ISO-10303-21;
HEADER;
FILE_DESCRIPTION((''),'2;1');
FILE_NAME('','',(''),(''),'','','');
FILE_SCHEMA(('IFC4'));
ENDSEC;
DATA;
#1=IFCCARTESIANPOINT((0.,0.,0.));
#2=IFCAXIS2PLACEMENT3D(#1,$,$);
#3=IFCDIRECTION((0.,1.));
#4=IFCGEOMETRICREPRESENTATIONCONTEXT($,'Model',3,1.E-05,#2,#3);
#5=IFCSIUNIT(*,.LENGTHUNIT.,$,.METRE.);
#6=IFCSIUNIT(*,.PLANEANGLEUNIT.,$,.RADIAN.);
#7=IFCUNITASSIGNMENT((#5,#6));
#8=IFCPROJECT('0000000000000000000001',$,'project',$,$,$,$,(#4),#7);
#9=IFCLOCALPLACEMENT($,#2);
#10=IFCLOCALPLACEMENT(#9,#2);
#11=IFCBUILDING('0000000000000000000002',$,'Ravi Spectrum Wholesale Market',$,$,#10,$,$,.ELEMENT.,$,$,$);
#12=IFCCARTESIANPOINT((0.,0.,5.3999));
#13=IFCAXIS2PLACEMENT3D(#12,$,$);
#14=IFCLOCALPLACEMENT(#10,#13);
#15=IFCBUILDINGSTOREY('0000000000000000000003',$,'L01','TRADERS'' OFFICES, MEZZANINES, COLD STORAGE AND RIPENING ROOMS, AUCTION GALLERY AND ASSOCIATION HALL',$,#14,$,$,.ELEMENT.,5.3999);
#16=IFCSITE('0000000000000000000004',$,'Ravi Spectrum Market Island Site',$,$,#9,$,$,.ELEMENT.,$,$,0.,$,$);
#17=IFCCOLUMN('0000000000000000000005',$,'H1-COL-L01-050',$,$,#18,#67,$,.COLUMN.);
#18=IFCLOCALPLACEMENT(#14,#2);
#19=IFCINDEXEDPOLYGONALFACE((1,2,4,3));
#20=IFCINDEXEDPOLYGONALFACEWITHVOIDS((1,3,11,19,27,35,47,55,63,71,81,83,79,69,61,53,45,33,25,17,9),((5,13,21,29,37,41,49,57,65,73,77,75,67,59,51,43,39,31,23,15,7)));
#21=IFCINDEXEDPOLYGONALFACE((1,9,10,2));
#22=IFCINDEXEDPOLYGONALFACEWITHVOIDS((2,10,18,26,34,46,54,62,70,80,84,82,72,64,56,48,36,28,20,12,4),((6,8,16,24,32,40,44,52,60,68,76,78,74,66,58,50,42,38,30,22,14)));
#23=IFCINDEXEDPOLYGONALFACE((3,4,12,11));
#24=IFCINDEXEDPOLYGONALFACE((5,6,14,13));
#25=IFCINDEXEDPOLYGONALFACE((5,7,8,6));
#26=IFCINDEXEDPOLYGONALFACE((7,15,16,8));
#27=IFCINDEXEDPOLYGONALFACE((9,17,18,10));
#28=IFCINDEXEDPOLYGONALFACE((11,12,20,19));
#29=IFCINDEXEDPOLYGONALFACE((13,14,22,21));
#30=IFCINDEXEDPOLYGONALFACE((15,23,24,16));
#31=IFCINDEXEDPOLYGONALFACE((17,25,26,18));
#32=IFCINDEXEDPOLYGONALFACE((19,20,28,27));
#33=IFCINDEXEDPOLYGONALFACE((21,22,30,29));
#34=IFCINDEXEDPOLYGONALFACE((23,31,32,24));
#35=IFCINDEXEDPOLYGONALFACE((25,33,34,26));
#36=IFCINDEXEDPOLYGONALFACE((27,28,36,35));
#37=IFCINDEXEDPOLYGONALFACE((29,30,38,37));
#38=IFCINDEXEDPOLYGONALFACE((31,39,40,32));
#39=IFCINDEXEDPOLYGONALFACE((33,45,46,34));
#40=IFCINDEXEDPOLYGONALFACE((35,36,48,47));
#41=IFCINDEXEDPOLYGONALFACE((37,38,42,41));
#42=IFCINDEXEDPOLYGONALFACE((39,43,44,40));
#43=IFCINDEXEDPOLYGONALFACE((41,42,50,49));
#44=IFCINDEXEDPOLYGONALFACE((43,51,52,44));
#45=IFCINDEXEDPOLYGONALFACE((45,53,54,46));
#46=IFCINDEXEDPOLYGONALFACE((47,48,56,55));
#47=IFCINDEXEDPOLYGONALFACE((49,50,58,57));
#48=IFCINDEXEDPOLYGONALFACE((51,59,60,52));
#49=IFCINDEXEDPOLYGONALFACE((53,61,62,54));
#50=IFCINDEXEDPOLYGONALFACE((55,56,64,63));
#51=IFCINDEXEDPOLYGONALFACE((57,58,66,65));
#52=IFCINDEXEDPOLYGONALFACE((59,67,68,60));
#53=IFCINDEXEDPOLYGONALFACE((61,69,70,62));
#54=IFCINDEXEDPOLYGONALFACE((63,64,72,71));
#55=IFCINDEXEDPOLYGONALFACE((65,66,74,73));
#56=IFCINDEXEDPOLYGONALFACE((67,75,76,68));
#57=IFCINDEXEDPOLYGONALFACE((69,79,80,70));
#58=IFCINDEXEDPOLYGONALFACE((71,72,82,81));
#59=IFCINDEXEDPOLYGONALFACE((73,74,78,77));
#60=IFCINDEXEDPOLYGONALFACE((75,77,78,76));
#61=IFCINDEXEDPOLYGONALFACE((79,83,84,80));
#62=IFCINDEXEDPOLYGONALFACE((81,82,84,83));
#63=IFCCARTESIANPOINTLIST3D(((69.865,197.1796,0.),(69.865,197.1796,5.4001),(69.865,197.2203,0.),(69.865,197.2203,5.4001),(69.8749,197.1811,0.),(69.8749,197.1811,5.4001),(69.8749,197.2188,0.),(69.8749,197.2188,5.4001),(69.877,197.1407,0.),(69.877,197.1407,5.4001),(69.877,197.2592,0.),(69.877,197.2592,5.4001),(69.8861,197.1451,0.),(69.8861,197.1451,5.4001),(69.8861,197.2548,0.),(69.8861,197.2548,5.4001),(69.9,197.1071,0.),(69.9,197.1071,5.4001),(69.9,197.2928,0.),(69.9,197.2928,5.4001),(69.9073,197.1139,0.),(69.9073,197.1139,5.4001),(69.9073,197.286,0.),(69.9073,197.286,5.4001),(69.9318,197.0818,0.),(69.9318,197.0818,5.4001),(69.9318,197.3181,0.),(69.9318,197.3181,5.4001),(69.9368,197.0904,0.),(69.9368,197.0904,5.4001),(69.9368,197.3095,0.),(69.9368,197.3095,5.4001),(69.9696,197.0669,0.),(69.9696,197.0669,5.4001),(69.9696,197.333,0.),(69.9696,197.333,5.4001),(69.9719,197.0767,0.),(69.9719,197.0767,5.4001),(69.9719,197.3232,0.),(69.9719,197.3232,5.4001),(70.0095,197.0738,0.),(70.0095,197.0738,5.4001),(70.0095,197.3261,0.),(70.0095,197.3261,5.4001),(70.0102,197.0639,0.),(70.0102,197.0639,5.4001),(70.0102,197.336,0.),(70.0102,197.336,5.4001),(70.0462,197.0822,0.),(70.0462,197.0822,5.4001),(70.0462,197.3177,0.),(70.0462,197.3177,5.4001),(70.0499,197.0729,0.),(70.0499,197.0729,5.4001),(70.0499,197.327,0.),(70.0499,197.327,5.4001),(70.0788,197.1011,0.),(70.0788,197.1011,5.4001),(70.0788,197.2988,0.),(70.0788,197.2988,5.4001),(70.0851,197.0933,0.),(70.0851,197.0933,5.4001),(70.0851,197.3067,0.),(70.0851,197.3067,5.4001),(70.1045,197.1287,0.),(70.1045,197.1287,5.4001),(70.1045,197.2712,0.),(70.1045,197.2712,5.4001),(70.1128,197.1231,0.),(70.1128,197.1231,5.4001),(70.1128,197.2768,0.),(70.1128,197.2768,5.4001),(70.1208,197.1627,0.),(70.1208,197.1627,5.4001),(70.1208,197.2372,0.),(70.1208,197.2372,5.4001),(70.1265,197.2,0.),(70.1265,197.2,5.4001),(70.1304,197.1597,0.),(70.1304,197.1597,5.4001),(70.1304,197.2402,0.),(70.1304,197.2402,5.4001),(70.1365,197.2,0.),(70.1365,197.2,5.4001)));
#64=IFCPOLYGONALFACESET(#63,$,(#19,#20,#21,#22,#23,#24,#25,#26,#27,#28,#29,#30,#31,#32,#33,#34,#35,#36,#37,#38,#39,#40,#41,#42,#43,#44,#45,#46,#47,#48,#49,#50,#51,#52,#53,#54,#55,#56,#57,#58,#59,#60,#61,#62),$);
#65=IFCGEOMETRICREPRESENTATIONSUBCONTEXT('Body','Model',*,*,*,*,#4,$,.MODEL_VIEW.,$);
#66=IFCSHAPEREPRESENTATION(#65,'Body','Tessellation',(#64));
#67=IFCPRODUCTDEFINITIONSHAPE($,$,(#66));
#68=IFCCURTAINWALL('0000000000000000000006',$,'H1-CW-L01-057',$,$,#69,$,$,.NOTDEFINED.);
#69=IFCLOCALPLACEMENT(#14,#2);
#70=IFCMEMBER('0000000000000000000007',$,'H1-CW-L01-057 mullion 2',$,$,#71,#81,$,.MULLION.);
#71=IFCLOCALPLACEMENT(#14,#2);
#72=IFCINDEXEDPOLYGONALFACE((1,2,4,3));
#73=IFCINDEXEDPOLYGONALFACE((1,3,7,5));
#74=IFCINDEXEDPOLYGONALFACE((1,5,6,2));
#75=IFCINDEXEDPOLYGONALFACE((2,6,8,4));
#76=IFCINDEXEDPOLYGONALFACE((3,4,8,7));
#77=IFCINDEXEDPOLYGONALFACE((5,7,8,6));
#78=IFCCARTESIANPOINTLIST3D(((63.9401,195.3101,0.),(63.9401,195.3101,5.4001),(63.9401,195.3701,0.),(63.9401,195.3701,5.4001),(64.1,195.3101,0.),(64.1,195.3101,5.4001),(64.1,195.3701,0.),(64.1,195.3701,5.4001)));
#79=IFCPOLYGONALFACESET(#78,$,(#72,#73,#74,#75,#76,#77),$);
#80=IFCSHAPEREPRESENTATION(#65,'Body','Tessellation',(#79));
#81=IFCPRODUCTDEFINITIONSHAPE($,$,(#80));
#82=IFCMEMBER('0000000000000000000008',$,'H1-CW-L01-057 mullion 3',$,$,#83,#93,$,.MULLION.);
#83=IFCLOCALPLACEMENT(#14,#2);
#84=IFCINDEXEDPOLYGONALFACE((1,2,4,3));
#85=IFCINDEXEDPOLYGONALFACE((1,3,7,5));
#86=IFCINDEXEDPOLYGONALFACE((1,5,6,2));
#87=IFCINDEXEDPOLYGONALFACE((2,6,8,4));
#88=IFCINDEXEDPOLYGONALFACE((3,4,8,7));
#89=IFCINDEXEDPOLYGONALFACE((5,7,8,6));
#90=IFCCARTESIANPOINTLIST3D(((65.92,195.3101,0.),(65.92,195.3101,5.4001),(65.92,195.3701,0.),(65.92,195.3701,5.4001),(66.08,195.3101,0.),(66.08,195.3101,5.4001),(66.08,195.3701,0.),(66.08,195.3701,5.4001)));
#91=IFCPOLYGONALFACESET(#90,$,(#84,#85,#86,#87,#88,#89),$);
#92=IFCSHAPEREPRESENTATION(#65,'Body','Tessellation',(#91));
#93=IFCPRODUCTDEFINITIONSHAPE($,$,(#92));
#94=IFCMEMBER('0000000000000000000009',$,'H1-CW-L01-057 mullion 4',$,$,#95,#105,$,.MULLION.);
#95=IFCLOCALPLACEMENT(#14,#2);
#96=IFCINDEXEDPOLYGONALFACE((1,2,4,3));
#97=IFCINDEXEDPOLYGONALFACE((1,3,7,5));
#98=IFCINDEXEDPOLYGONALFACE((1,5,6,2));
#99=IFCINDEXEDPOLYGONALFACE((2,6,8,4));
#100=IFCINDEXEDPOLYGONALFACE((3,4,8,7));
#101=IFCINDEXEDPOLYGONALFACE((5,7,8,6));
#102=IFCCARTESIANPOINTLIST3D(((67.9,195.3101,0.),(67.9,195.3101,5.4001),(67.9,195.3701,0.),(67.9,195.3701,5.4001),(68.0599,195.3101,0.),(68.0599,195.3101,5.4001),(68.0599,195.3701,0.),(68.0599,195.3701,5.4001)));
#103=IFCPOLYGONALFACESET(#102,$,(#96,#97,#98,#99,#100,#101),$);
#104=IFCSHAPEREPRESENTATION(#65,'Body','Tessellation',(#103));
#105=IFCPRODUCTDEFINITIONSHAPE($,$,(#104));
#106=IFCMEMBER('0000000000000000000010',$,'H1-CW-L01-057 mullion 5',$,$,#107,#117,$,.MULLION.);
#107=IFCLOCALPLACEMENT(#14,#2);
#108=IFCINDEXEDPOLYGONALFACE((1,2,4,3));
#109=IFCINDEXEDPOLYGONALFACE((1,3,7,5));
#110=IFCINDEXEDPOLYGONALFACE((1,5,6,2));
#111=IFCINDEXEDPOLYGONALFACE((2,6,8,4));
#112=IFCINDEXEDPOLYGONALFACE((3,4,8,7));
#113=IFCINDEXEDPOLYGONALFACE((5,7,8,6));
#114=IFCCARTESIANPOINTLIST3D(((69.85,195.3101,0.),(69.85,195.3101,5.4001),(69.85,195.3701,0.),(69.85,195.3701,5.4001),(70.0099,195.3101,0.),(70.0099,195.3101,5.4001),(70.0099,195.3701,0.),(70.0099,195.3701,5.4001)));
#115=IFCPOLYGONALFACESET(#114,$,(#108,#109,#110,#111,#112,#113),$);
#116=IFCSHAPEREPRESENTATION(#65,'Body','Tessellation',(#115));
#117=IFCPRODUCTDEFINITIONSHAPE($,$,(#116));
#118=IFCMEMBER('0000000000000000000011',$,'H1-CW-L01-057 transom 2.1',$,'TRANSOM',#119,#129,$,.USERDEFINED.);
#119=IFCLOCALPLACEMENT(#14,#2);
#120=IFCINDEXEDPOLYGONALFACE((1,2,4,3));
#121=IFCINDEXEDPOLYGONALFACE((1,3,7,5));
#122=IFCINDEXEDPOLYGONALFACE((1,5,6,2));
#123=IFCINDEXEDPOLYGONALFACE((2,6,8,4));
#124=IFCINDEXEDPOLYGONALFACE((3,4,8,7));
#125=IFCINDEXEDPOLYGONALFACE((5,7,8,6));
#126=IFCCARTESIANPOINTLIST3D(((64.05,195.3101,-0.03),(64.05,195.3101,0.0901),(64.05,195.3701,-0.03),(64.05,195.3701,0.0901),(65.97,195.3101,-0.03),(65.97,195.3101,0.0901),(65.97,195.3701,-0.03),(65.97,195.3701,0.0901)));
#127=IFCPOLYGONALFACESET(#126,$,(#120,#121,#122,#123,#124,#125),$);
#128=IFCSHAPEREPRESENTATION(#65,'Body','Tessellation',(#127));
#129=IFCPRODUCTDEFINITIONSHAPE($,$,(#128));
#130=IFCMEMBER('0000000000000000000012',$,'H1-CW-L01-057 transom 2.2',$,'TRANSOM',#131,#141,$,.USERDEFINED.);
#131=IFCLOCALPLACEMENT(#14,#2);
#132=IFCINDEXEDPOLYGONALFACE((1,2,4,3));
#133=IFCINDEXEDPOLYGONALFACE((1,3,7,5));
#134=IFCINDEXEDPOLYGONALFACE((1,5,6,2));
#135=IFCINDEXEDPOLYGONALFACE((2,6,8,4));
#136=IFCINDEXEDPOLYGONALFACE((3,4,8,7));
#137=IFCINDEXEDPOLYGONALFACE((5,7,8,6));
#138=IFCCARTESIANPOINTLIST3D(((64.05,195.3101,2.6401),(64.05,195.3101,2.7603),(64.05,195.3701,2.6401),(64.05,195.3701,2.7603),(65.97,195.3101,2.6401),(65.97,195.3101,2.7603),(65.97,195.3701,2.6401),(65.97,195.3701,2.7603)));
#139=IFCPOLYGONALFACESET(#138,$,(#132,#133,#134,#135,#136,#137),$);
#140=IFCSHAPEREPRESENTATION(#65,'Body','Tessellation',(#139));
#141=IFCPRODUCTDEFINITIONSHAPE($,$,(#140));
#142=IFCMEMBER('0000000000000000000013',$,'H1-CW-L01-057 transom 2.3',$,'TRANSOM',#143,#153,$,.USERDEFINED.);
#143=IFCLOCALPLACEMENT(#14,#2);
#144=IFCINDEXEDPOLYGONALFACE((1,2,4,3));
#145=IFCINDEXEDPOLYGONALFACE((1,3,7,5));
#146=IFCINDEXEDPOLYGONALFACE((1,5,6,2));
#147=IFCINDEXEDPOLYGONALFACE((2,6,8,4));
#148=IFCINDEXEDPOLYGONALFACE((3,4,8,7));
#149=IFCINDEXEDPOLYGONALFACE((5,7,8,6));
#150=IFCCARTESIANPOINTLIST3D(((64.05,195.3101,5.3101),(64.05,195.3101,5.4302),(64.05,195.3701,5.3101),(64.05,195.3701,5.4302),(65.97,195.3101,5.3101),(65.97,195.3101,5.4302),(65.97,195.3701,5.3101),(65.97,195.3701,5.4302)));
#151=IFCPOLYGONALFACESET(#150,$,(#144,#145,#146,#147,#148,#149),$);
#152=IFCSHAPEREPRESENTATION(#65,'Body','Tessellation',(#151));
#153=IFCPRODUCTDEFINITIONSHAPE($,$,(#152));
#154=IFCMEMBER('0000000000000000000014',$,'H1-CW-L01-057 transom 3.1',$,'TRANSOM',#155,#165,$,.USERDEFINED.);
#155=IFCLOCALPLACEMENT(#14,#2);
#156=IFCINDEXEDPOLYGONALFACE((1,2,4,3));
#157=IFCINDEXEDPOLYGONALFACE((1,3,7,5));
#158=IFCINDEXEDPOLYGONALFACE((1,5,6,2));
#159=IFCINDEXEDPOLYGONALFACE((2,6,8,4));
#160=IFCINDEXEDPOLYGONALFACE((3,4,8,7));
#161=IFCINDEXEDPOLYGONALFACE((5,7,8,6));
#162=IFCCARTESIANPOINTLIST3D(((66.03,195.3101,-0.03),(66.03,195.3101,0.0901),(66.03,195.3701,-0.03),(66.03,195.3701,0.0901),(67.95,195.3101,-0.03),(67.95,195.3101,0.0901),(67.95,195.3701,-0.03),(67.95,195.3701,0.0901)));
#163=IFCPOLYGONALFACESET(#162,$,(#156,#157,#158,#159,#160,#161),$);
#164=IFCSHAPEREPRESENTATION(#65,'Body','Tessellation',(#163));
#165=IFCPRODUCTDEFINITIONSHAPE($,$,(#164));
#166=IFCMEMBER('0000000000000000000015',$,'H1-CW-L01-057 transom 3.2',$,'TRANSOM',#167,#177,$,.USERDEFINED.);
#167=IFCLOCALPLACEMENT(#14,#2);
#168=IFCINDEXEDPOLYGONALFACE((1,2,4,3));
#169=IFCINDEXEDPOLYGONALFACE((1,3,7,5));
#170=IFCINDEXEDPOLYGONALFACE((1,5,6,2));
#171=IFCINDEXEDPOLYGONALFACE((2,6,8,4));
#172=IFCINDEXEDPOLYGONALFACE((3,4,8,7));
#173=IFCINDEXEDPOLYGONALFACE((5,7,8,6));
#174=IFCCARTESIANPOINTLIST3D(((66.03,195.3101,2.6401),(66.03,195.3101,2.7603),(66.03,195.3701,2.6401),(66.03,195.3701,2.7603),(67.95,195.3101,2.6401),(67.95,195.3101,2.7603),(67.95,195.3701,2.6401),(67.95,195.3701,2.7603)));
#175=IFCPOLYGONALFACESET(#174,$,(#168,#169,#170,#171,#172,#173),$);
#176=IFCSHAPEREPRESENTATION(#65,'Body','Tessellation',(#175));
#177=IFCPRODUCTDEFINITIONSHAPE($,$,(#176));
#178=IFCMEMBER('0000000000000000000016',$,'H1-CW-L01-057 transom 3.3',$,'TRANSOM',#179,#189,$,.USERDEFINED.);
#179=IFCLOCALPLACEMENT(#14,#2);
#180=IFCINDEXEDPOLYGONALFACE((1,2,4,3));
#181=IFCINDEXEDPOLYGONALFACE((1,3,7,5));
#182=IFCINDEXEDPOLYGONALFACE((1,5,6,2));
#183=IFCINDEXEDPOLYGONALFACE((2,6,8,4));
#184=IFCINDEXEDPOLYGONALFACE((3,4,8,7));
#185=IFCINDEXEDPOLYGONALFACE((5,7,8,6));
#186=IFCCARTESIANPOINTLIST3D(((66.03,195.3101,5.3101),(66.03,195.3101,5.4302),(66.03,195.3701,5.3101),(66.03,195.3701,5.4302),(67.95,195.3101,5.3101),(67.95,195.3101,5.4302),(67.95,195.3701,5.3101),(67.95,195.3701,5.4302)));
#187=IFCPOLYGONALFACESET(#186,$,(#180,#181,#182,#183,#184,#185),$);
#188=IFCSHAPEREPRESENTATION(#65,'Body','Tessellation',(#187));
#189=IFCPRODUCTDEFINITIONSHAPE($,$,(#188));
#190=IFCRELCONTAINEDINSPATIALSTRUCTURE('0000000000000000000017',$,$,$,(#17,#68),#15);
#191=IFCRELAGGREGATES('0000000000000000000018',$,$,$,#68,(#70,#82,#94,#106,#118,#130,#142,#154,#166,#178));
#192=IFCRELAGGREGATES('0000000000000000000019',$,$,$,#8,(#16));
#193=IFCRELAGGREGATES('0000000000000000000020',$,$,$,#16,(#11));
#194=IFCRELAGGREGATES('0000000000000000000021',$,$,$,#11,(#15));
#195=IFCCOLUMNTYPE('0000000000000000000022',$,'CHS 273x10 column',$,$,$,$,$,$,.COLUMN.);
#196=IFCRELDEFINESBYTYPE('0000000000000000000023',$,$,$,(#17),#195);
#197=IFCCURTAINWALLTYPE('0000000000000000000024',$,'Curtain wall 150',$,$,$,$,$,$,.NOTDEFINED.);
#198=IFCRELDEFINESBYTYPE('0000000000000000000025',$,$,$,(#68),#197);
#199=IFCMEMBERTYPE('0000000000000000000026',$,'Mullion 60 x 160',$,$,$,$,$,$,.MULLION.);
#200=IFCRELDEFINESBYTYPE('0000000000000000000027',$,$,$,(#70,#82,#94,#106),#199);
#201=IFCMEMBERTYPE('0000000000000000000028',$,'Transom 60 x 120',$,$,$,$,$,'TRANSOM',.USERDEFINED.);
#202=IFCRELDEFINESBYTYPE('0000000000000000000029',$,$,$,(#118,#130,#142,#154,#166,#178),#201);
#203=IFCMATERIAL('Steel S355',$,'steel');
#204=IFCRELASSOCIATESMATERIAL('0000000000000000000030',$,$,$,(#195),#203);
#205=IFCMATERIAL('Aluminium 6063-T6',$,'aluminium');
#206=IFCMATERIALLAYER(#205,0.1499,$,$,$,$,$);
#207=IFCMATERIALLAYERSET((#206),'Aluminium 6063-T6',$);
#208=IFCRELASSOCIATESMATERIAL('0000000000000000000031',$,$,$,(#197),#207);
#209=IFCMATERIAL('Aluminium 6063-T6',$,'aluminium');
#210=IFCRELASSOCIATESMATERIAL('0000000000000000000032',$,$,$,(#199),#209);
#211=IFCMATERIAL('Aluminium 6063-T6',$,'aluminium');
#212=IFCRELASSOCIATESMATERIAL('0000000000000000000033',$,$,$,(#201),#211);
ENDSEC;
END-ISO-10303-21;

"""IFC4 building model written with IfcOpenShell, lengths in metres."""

from ifc_helpers import new_model, si_unit, direction, frame, origin, origin_2d, place, context, subcontext, project, spatial, rectangle, hollow_circle, extrude, material, layer, layer_set, material_profile, profile_set, type_object, element, aggregate, save


model = new_model("IFC4")

# Units and contexts
model_context = context("Model", 3, precision=1e-05, world=origin(), true_north=direction((0.0, 1.0)))
body_context = subcontext(model_context, "Body", "Model", "MODEL_VIEW")
ifc_project = project(units=[si_unit("LENGTHUNIT", "METRE"), si_unit("PLANEANGLEUNIT", "RADIAN")], contexts=[model_context])

# Site, building, storey
site_placement = place(None, origin())
site = spatial("IfcSite", under=ifc_project, at=site_placement, Name="Ravi Spectrum Market Island Site", CompositionType="ELEMENT", RefElevation=0.0)
building_placement = place(site_placement, origin())
building = spatial("IfcBuilding", under=site, at=building_placement, Name="Ravi Spectrum Wholesale Market", CompositionType="ELEMENT")
storey_placement = place(building_placement, frame((0.0, 0.0, 5.3999)))
storey = spatial("IfcBuildingStorey", under=building, at=storey_placement, Name="L01", Description="TRADERS' OFFICES, MEZZANINES, COLD STORAGE AND RIPENING ROOMS, AUCTION GALLERY AND ASSOCIATION HALL", CompositionType="ELEMENT", Elevation=5.3999)

# Column
ifc_material_1 = material(Name="Steel S355", Category="steel")
ifc_material_profile_1 = material_profile(ifc_material_1, hollow_circle(Radius=0.1365, WallThickness=0.01, at=origin_2d()))
ifc_profile_set_1 = profile_set([ifc_material_profile_1], Name="Steel S355")
column_type = type_object("IfcColumnType", Name="CHS 273x10 column", PredefinedType="COLUMN", material=ifc_profile_set_1)
column_placement = place(storey_placement, frame((70.0, 197.2, 0.0), z_axis=(0.0, 0.0, 1.0), x_axis=(1.0, 0.0, 0.0)))
element("IfcColumn", 1, at=column_placement, inside=storey, type_object=column_type, Name="H1-COL-L01-050", PredefinedType="COLUMN", context=body_context, shape_type="SweptSolid", body=[
    extrude(hollow_circle(Radius=0.1365, WallThickness=0.01, at=origin_2d()), origin(), (0.0, 0.0, 1.0), 5.4001),
])

# Curtain wall, members
ifc_material_2 = material(Name="Aluminium 6063-T6", Category="aluminium")
ifc_layer_1 = layer(ifc_material_2, 0.1499)
ifc_layer_set_1 = layer_set([ifc_layer_1], Name="Aluminium 6063-T6")
curtain_wall_type = type_object("IfcCurtainWallType", Name="Curtain wall 150", PredefinedType="NOTDEFINED", material=ifc_layer_set_1)
curtain_wall_placement = place(storey_placement, origin())
curtain_wall = element("IfcCurtainWall", 2, at=curtain_wall_placement, inside=storey, type_object=curtain_wall_type, Name="H1-CW-L01-057", PredefinedType="NOTDEFINED")
ifc_material_3 = material(Name="Aluminium 6063-T6", Category="aluminium")
ifc_material_profile_2 = material_profile(ifc_material_3, rectangle(XDim=0.0601, YDim=0.1599, at=origin_2d()))
ifc_profile_set_2 = profile_set([ifc_material_profile_2], Name="Aluminium 6063-T6")
member_type_1 = type_object("IfcMemberType", Name="Mullion 60 x 160", PredefinedType="MULLION", material=ifc_profile_set_2)
member_1_placement = place(storey_placement, frame((64.02, 195.3401, 0.0), z_axis=(0.0, 0.0, 1.0), x_axis=(0.0, 1.0, 0.0)))
member_1 = element("IfcMember", 3, at=member_1_placement, type_object=member_type_1, Name="H1-CW-L01-057 mullion 2", PredefinedType="MULLION", context=body_context, shape_type="SweptSolid", body=[
    extrude(rectangle(XDim=0.0601, YDim=0.1599, at=origin_2d()), origin(), (0.0, 0.0, 1.0), 5.4001),
])
member_2_placement = place(storey_placement, frame((66.0, 195.3401, 0.0), z_axis=(0.0, 0.0, 1.0), x_axis=(0.0, 1.0, 0.0)))
member_2 = element("IfcMember", 4, at=member_2_placement, type_object=member_type_1, Name="H1-CW-L01-057 mullion 3", PredefinedType="MULLION", context=body_context, shape_type="SweptSolid", body=[
    extrude(rectangle(XDim=0.0601, YDim=0.1599, at=origin_2d()), origin(), (0.0, 0.0, 1.0), 5.4001),
])
member_3_placement = place(storey_placement, frame((67.98, 195.3401, 0.0), z_axis=(0.0, 0.0, 1.0), x_axis=(0.0, 1.0, 0.0)))
member_3 = element("IfcMember", 5, at=member_3_placement, type_object=member_type_1, Name="H1-CW-L01-057 mullion 4", PredefinedType="MULLION", context=body_context, shape_type="SweptSolid", body=[
    extrude(rectangle(XDim=0.0601, YDim=0.1599, at=origin_2d()), origin(), (0.0, 0.0, 1.0), 5.4001),
])
member_4_placement = place(storey_placement, frame((69.9299, 195.3401, 0.0), z_axis=(0.0, 0.0, 1.0), x_axis=(0.0, 1.0, 0.0)))
member_4 = element("IfcMember", 6, at=member_4_placement, type_object=member_type_1, Name="H1-CW-L01-057 mullion 5", PredefinedType="MULLION", context=body_context, shape_type="SweptSolid", body=[
    extrude(rectangle(XDim=0.0601, YDim=0.1599, at=origin_2d()), origin(), (0.0, 0.0, 1.0), 5.4001),
])
ifc_material_4 = material(Name="Aluminium 6063-T6", Category="aluminium")
ifc_material_profile_3 = material_profile(ifc_material_4, rectangle(XDim=0.0601, YDim=0.1201, at=origin_2d()))
ifc_profile_set_3 = profile_set([ifc_material_profile_3], Name="Aluminium 6063-T6")
member_type_2 = type_object("IfcMemberType", Name="Transom 60 x 120", ElementType="TRANSOM", PredefinedType="USERDEFINED", material=ifc_profile_set_3)
member_5_placement = place(storey_placement, frame((64.05, 195.3401, 0.03), z_axis=(1.0, 0.0, 0.0), x_axis=(0.0, 1.0, 0.0)))
member_5 = element("IfcMember", 7, at=member_5_placement, type_object=member_type_2, Name="H1-CW-L01-057 transom 2.1", ObjectType="TRANSOM", PredefinedType="USERDEFINED", context=body_context, shape_type="SweptSolid", body=[
    extrude(rectangle(XDim=0.0601, YDim=0.1201, at=origin_2d()), origin(), (0.0, 0.0, 1.0), 1.9199),
])
member_6_placement = place(storey_placement, frame((64.05, 195.3401, 2.7002), z_axis=(1.0, 0.0, 0.0), x_axis=(0.0, 1.0, 0.0)))
member_6 = element("IfcMember", 8, at=member_6_placement, type_object=member_type_2, Name="H1-CW-L01-057 transom 2.2", ObjectType="TRANSOM", PredefinedType="USERDEFINED", context=body_context, shape_type="SweptSolid", body=[
    extrude(rectangle(XDim=0.0601, YDim=0.1201, at=origin_2d()), origin(), (0.0, 0.0, 1.0), 1.9199),
])
member_7_placement = place(storey_placement, frame((64.05, 195.3401, 5.3701), z_axis=(1.0, 0.0, 0.0), x_axis=(0.0, 1.0, 0.0)))
member_7 = element("IfcMember", 9, at=member_7_placement, type_object=member_type_2, Name="H1-CW-L01-057 transom 2.3", ObjectType="TRANSOM", PredefinedType="USERDEFINED", context=body_context, shape_type="SweptSolid", body=[
    extrude(rectangle(XDim=0.0601, YDim=0.1201, at=origin_2d()), origin(), (0.0, 0.0, 1.0), 1.9199),
])
member_8_placement = place(storey_placement, frame((66.03, 195.3401, 0.03), z_axis=(1.0, 0.0, 0.0), x_axis=(0.0, 1.0, 0.0)))
member_8 = element("IfcMember", 10, at=member_8_placement, type_object=member_type_2, Name="H1-CW-L01-057 transom 3.1", ObjectType="TRANSOM", PredefinedType="USERDEFINED", context=body_context, shape_type="SweptSolid", body=[
    extrude(rectangle(XDim=0.0601, YDim=0.1201, at=origin_2d()), origin(), (0.0, 0.0, 1.0), 1.9199),
])
member_9_placement = place(storey_placement, frame((66.03, 195.3401, 2.7002), z_axis=(1.0, 0.0, 0.0), x_axis=(0.0, 1.0, 0.0)))
member_9 = element("IfcMember", 11, at=member_9_placement, type_object=member_type_2, Name="H1-CW-L01-057 transom 3.2", ObjectType="TRANSOM", PredefinedType="USERDEFINED", context=body_context, shape_type="SweptSolid", body=[
    extrude(rectangle(XDim=0.0601, YDim=0.1201, at=origin_2d()), origin(), (0.0, 0.0, 1.0), 1.9199),
])
member_10_placement = place(storey_placement, frame((66.03, 195.3401, 5.3701), z_axis=(1.0, 0.0, 0.0), x_axis=(0.0, 1.0, 0.0)))
member_10 = element("IfcMember", 12, at=member_10_placement, type_object=member_type_2, Name="H1-CW-L01-057 transom 3.3", ObjectType="TRANSOM", PredefinedType="USERDEFINED", context=body_context, shape_type="SweptSolid", body=[
    extrude(rectangle(XDim=0.0601, YDim=0.1201, at=origin_2d()), origin(), (0.0, 0.0, 1.0), 1.9199),
])
aggregate(curtain_wall, [member_1, member_2, member_3, member_4, member_5, member_6, member_7, member_8, member_9, member_10])

save(model, "model.ifc")
